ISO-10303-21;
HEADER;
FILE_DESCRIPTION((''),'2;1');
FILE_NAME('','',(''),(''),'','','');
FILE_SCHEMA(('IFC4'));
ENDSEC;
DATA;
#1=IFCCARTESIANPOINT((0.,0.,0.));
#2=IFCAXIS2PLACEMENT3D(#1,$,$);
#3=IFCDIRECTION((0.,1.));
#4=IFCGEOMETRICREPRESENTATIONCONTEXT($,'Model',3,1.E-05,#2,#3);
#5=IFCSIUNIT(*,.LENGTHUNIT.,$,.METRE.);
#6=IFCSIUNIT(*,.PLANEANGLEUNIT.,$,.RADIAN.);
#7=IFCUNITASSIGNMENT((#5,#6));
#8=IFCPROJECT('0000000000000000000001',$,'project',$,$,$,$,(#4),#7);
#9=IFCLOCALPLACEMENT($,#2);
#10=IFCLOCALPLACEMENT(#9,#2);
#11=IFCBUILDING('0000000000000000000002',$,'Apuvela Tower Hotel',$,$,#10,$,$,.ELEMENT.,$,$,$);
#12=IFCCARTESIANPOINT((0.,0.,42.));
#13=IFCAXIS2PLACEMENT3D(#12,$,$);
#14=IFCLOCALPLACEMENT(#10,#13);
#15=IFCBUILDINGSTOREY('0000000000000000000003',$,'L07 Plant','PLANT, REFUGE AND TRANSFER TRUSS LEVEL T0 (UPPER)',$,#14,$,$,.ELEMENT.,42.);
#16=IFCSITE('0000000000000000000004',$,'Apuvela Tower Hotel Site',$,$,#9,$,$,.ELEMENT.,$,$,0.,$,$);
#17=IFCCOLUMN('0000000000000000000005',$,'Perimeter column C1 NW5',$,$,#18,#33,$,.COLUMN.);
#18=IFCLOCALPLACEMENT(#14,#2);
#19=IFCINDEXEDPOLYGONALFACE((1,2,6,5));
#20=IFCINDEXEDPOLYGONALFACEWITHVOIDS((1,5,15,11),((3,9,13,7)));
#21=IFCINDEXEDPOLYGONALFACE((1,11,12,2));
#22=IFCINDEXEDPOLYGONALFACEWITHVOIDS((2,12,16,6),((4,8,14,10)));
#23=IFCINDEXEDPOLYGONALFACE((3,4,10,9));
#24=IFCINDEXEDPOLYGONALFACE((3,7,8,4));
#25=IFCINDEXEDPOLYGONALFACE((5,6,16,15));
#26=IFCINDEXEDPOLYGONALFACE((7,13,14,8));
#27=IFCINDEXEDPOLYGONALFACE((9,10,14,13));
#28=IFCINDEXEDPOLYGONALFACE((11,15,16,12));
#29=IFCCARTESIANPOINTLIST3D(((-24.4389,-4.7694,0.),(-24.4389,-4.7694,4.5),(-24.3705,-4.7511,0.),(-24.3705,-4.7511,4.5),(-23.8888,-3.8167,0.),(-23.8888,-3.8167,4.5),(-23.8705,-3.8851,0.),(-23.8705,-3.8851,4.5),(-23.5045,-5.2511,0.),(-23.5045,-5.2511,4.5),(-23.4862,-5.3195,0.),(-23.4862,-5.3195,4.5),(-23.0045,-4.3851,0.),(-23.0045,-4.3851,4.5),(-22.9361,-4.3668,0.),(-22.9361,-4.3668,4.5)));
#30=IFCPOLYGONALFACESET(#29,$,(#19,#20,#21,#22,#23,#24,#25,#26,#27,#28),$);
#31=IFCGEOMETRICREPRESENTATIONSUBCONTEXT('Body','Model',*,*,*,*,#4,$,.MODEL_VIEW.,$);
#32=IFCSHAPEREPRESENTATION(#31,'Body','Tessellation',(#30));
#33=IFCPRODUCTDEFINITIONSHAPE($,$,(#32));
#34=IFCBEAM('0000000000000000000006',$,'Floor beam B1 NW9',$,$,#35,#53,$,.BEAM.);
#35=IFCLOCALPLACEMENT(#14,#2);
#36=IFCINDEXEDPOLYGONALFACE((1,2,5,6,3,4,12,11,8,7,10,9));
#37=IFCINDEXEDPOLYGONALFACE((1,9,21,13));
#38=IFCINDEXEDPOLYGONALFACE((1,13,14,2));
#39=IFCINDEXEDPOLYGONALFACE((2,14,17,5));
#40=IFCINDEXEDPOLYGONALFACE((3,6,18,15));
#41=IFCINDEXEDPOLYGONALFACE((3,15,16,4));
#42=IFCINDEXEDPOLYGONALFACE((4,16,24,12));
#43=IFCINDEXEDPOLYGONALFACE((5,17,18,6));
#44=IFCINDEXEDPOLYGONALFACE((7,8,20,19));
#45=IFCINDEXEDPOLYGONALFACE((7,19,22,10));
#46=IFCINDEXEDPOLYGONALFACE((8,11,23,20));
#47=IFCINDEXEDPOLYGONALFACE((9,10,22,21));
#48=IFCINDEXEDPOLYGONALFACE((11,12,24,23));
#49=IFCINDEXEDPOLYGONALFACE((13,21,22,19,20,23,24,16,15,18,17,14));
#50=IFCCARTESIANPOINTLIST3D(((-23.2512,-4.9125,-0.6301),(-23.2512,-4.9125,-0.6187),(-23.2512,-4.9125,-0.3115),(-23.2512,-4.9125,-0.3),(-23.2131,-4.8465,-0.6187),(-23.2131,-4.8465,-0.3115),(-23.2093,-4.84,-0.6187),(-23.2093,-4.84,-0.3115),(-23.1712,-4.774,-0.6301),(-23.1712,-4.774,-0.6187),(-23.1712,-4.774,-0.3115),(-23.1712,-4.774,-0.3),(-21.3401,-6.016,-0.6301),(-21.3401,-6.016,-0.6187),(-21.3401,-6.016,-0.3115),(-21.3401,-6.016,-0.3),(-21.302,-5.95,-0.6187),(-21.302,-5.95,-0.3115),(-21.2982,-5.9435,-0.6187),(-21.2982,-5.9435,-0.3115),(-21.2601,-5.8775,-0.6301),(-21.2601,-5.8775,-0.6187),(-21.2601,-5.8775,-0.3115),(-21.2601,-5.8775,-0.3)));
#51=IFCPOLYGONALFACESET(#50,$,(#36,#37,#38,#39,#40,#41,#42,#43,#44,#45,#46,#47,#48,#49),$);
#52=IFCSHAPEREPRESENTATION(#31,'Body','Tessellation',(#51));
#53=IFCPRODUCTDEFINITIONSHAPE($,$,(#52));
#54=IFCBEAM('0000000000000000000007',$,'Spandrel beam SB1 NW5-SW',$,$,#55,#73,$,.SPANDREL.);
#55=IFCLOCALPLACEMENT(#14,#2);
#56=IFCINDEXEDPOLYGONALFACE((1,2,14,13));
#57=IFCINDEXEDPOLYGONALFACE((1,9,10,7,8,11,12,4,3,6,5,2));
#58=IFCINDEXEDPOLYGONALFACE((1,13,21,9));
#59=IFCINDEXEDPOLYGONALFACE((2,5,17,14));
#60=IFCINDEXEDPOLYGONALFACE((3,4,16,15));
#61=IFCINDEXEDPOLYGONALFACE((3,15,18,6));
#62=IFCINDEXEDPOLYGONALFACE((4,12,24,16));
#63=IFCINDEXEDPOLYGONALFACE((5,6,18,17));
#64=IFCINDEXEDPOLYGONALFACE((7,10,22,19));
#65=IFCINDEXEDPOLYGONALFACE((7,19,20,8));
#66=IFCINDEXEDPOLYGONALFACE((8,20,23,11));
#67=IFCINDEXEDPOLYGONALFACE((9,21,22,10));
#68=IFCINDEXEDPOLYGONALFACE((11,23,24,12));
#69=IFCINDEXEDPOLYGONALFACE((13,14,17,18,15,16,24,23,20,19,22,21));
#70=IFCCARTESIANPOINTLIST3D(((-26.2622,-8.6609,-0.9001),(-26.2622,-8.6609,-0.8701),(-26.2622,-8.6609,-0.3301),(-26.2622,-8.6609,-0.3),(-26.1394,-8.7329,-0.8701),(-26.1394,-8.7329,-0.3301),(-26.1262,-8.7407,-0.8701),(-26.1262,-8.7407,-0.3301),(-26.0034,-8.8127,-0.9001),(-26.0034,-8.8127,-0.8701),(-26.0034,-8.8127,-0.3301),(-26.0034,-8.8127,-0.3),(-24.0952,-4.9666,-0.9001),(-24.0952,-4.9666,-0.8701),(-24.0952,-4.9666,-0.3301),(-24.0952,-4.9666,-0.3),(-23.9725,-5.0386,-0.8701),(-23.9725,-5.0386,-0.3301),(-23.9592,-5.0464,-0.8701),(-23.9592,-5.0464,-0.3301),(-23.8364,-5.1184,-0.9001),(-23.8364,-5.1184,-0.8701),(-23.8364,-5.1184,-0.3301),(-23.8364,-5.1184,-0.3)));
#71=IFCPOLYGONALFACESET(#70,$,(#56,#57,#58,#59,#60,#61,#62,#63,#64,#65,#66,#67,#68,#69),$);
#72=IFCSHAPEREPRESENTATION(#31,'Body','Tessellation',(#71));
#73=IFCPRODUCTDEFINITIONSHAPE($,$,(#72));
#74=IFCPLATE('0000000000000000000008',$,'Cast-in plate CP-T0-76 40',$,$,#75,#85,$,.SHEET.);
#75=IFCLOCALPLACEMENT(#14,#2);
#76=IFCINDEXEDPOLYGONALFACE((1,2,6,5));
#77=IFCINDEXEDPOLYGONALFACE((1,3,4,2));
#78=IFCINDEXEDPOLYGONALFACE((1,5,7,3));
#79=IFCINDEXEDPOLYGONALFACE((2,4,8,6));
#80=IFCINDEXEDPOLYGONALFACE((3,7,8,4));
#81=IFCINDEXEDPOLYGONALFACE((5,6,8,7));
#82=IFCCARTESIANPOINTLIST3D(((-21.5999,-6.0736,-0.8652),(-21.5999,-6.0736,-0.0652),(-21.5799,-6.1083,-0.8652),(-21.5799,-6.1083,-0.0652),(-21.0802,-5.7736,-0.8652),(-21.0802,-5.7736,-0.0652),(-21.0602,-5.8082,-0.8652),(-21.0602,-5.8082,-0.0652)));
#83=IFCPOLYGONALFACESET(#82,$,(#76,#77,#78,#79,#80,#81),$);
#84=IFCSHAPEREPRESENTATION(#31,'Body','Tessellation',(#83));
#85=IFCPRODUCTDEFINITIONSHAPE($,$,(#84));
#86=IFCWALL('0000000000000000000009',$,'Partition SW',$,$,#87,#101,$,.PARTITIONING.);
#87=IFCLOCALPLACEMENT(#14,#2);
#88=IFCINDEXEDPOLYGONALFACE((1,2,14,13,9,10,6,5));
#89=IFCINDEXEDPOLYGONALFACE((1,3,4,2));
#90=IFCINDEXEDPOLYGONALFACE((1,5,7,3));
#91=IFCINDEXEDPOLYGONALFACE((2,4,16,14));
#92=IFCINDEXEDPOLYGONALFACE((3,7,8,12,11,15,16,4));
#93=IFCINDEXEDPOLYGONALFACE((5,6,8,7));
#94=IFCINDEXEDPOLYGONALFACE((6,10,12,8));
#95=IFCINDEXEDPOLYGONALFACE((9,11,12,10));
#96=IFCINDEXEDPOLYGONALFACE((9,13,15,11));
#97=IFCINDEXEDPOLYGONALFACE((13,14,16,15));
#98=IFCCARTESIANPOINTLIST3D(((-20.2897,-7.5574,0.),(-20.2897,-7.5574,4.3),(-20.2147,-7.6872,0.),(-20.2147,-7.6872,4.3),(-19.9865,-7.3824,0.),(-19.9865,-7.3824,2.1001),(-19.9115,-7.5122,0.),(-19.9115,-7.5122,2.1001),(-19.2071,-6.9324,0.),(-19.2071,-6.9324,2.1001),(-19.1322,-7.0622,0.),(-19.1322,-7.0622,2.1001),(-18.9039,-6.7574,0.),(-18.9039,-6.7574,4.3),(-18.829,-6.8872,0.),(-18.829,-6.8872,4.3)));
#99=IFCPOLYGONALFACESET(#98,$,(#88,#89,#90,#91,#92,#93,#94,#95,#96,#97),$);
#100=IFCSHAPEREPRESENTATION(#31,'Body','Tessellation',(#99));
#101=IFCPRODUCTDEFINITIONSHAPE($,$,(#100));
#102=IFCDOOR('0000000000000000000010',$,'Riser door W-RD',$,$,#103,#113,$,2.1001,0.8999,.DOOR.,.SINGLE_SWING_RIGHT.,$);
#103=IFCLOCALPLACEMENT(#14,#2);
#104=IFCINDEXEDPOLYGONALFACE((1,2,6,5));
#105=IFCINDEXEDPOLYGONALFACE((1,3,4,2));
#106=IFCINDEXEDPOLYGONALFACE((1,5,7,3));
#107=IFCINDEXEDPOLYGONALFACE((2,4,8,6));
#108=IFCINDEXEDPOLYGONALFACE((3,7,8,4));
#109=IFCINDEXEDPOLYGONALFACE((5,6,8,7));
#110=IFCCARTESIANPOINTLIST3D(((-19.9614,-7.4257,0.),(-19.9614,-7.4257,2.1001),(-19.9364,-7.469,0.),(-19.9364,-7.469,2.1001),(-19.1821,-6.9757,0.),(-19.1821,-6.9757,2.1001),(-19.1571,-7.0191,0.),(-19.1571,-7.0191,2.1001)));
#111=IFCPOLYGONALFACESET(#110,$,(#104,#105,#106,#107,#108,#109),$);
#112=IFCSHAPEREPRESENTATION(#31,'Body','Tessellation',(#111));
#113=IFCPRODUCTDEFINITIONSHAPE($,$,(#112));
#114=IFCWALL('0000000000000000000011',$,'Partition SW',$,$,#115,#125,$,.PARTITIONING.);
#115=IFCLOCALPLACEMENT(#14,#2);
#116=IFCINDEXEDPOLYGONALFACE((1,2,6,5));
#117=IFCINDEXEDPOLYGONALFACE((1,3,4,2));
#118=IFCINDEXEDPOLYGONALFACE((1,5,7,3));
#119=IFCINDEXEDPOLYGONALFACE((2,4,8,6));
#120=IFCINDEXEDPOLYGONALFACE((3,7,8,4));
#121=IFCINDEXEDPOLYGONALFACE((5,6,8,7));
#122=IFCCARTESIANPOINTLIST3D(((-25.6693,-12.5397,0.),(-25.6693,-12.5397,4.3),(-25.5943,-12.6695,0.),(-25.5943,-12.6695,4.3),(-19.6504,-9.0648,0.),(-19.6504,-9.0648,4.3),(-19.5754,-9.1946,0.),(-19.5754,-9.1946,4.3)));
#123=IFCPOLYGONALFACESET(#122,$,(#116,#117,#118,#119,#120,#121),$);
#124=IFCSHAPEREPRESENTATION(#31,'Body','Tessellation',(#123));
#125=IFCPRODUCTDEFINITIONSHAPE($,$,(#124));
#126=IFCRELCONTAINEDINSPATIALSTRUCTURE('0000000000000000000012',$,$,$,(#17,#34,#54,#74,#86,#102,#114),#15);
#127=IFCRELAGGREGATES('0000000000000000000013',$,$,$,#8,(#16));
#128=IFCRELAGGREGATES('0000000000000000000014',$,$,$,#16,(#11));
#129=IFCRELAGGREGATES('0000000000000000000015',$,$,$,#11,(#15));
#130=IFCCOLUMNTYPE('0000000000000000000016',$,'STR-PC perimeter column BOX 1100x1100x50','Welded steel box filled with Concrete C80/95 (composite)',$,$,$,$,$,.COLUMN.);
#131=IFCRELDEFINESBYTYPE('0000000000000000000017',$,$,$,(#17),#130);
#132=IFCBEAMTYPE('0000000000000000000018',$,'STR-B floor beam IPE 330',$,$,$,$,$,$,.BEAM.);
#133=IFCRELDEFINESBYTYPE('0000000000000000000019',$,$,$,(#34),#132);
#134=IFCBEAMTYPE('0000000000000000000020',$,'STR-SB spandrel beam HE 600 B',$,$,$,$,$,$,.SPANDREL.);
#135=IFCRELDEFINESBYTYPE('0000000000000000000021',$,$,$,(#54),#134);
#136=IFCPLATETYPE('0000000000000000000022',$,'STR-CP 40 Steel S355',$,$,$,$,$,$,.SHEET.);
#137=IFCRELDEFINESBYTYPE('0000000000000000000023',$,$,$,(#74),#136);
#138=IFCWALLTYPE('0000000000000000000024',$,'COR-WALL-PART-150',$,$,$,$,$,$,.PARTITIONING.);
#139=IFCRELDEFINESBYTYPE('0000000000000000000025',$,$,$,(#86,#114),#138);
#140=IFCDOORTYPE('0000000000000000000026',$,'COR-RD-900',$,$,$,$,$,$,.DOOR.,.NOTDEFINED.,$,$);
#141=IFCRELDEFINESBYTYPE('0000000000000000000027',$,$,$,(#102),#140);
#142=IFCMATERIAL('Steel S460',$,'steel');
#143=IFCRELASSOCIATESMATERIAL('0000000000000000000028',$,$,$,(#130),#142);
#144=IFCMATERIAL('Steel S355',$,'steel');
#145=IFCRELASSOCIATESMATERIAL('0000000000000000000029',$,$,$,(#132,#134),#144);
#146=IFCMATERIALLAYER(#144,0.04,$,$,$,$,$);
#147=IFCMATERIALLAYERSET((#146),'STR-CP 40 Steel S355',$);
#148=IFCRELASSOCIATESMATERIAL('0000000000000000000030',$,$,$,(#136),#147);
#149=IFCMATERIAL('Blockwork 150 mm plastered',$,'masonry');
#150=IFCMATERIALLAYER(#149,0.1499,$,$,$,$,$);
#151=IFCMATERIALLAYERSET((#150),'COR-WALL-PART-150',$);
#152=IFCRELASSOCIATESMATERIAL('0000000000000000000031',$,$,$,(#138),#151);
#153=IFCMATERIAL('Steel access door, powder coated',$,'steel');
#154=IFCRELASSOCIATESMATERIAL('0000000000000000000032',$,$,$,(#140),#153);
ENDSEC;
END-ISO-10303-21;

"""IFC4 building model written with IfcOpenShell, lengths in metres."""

from ifc_helpers import new_model, si_unit, direction, frame, frame_2d, origin, origin_2d, place, context, subcontext, project, spatial, rectangle, hollow_rectangle, i_section, extrude, material, layer, layer_set, material_profile, profile_set, type_object, element, fill, save


model = new_model("IFC4")

# Units and contexts
model_context = context("Model", 3, precision=1e-05, world=origin(), true_north=direction((0.0, 1.0)))
body_context = subcontext(model_context, "Body", "Model", "MODEL_VIEW")
ifc_project = project(units=[si_unit("LENGTHUNIT", "METRE"), si_unit("PLANEANGLEUNIT", "RADIAN")], contexts=[model_context])

# Site, building, storey
site_placement = place(None, origin())
site = spatial("IfcSite", under=ifc_project, at=site_placement, Name="Apuvela Tower Hotel Site", CompositionType="ELEMENT", RefElevation=0.0)
building_placement = place(site_placement, origin())
building = spatial("IfcBuilding", under=site, at=building_placement, Name="Apuvela Tower Hotel", CompositionType="ELEMENT")
storey_placement = place(building_placement, frame((0.0, 0.0, 42.0)))
storey = spatial("IfcBuildingStorey", under=building, at=storey_placement, Name="L07 Plant", Description="PLANT, REFUGE AND TRANSFER TRUSS LEVEL T0 (UPPER)", CompositionType="ELEMENT", Elevation=42.0)

# Column
ifc_material_1 = material(Name="Steel S460", Category="steel")
ifc_material_profile_1 = material_profile(ifc_material_1, hollow_rectangle(XDim=1.1001, YDim=1.1001, WallThickness=0.05, at=origin_2d()), Name="BOX 1100x1100x50")
ifc_material_2 = material(Name="Concrete C80/95", Category="concrete")
ifc_material_profile_2 = material_profile(ifc_material_2, rectangle(XDim=1.0, YDim=1.0, at=origin_2d()), Name="Concrete C80/95 infill")
ifc_profile_set_1 = profile_set([ifc_material_profile_1, ifc_material_profile_2], Name="Steel S460")
column_type = type_object("IfcColumnType", Name="STR-PC perimeter column BOX 1100x1100x50", Description="Welded steel box filled with Concrete C80/95 (composite)", PredefinedType="COLUMN", material=ifc_profile_set_1)
column_placement = place(storey_placement, frame((-23.6875, -4.5681, 0.0), z_axis=(0.0, 0.0, 1.0), x_axis=(0.5, 0.866025, 0.0)))
element("IfcColumn", 1, at=column_placement, inside=storey, type_object=column_type, Name="Perimeter column C1 NW5", PredefinedType="COLUMN", context=body_context, shape_type="SweptSolid", body=[
    extrude(hollow_rectangle(XDim=1.1001, YDim=1.1001, WallThickness=0.05, at=origin_2d()), origin(), (0.0, 0.0, 1.0), 4.5),
])

# Beams
ifc_material_3 = material(Name="Steel S355", Category="steel")
ifc_material_profile_3 = material_profile(ifc_material_3, i_section(OverallWidth=0.1599, OverallDepth=0.3301, WebThickness=0.0076, FlangeThickness=0.0115, at=origin_2d()), Name="IPE 330")
ifc_profile_set_2 = profile_set([ifc_material_profile_3], Name="Steel S355")
beam_type_1 = type_object("IfcBeamType", Name="STR-B floor beam IPE 330", PredefinedType="BEAM", material=ifc_profile_set_2)
beam_1_placement = place(storey_placement, frame((-23.2112, -4.8433, -0.4651), z_axis=(0.866001, -0.500042, 0.0), x_axis=(0.500042, 0.866001, 0.0)))
element("IfcBeam", 2, at=beam_1_placement, inside=storey, type_object=beam_type_1, Name="Floor beam B1 NW9", PredefinedType="BEAM", context=body_context, shape_type="SweptSolid", body=[
    extrude(i_section(OverallWidth=0.1599, OverallDepth=0.3301, WebThickness=0.0076, FlangeThickness=0.0115, at=origin_2d()), origin(), (0.0, 0.0, 1.0), 2.2068),
])
ifc_material_profile_4 = material_profile(ifc_material_3, i_section(OverallWidth=0.3, OverallDepth=0.6001, WebThickness=0.0154, FlangeThickness=0.03, at=origin_2d()), Name="HE 600 B")
ifc_profile_set_3 = profile_set([ifc_material_profile_4], Name="Steel S355")
beam_type_2 = type_object("IfcBeamType", Name="STR-SB spandrel beam HE 600 B", PredefinedType="SPANDREL", material=ifc_profile_set_3)
beam_2_placement = place(storey_placement, frame((-23.9658, -5.0425, -0.6001), z_axis=(-0.505954, -0.862561, 0.0), x_axis=(0.862561, -0.505954, 0.0)))
element("IfcBeam", 3, at=beam_2_placement, inside=storey, type_object=beam_type_2, Name="Spandrel beam SB1 NW5-SW", PredefinedType="SPANDREL", context=body_context, shape_type="SweptSolid", body=[
    extrude(i_section(OverallWidth=0.3, OverallDepth=0.6001, WebThickness=0.0154, FlangeThickness=0.03, at=origin_2d()), origin(), (0.0, 0.0, 1.0), 4.283),
])

# Plate
ifc_layer_1 = layer(ifc_material_3, 0.04)
ifc_layer_set_1 = layer_set([ifc_layer_1], Name="STR-CP 40 Steel S355")
plate_type = type_object("IfcPlateType", Name="STR-CP 40 Steel S355", PredefinedType="SHEET", material=ifc_layer_set_1)
plate_placement = place(storey_placement, frame((-21.3301, -5.9409, -0.8652), z_axis=(0.0, 0.0, 1.0), x_axis=(0.5, -0.866025, 0.0)))
element("IfcPlate", 4, at=plate_placement, inside=storey, type_object=plate_type, Name="Cast-in plate CP-T0-76 40", PredefinedType="SHEET", context=body_context, shape_type="SweptSolid", body=[
    extrude(rectangle(XDim=0.04, YDim=0.6001, at=origin_2d()), origin(), (0.0, 0.0, 1.0), 0.8),
])

# Wall, opening, door
ifc_material_4 = material(Name="Blockwork 150 mm plastered", Category="masonry")
ifc_layer_2 = layer(ifc_material_4, 0.1499)
ifc_layer_set_2 = layer_set([ifc_layer_2], Name="COR-WALL-PART-150")
wall_type_1 = type_object("IfcWallType", Name="COR-WALL-PART-150", PredefinedType="PARTITIONING", material=ifc_layer_set_2)
wall_1_placement = place(storey_placement, frame((-18.8665, -6.8223, 0.0), z_axis=(0.0, 0.0, 1.0), x_axis=(-0.866028, -0.499995, 0.0)))
wall_1 = element("IfcWall", 5, at=wall_1_placement, inside=storey, type_object=wall_type_1, Name="Partition SW", PredefinedType="PARTITIONING", context=body_context, shape_type="SweptSolid", body=[
    extrude(rectangle(XDim=1.6001, YDim=0.1499, at=frame_2d((0.8, 0.0))), origin(), (0.0, 0.0, 1.0), 4.3),
])
opening_1_placement = place(wall_1_placement, frame((0.3501, 0.0, 0.0)))
opening_1 = element("IfcOpeningElement", 6, at=opening_1_placement, cuts=wall_1, PredefinedType="OPENING", context=body_context, shape_type="SweptSolid", body=[
    extrude(rectangle(XDim=0.8999, YDim=2.1001, at=frame_2d((0.45, 1.05))), frame((0.0, 0.085, 0.0), z_axis=(0.0, -1.0, 0.0), x_axis=(1.0, 0.0, 0.0)), (0.0, 0.0, 1.0), 0.1699),
])
ifc_material_5 = material(Name="Steel access door, powder coated", Category="steel")
door_type_1 = type_object("IfcDoorType", Name="COR-RD-900", OperationType="NOTDEFINED", PredefinedType="DOOR", material=ifc_material_5)
door_1_placement = place(opening_1_placement, frame((0.8999, 0.0, 0.0), z_axis=(0.0, 0.0, 1.0), x_axis=(-1.0, 0.0, 0.0)))
door_1 = element("IfcDoor", 7, at=door_1_placement, inside=storey, type_object=door_type_1, Name="Riser door W-RD", OperationType="SINGLE_SWING_RIGHT", OverallHeight=2.1001, OverallWidth=0.8999, PredefinedType="DOOR", context=body_context, shape_type="SweptSolid", body=[
    extrude(rectangle(XDim=0.8999, YDim=2.1001, at=frame_2d((0.45, 1.05))), frame((0.0, 0.0249, 0.0), z_axis=(0.0, -1.0, 0.0), x_axis=(1.0, 0.0, 0.0)), (0.0, 0.0, 1.0), 0.05),
])
fill(opening_1, door_1)

# Wall
wall_2_placement = place(storey_placement, frame((-19.6128, -9.1296, 0.0), z_axis=(0.0, 0.0, 1.0), x_axis=(-0.866032, -0.499989, 0.0)))
element("IfcWall", 8, at=wall_2_placement, inside=storey, type_object=wall_type_1, Name="Partition SW", PredefinedType="PARTITIONING", context=body_context, shape_type="SweptSolid", body=[
    extrude(rectangle(XDim=6.95, YDim=0.1499, at=frame_2d((3.4751, 0.0))), origin(), (0.0, 0.0, 1.0), 4.3),
])

save(model, "model.ifc")
